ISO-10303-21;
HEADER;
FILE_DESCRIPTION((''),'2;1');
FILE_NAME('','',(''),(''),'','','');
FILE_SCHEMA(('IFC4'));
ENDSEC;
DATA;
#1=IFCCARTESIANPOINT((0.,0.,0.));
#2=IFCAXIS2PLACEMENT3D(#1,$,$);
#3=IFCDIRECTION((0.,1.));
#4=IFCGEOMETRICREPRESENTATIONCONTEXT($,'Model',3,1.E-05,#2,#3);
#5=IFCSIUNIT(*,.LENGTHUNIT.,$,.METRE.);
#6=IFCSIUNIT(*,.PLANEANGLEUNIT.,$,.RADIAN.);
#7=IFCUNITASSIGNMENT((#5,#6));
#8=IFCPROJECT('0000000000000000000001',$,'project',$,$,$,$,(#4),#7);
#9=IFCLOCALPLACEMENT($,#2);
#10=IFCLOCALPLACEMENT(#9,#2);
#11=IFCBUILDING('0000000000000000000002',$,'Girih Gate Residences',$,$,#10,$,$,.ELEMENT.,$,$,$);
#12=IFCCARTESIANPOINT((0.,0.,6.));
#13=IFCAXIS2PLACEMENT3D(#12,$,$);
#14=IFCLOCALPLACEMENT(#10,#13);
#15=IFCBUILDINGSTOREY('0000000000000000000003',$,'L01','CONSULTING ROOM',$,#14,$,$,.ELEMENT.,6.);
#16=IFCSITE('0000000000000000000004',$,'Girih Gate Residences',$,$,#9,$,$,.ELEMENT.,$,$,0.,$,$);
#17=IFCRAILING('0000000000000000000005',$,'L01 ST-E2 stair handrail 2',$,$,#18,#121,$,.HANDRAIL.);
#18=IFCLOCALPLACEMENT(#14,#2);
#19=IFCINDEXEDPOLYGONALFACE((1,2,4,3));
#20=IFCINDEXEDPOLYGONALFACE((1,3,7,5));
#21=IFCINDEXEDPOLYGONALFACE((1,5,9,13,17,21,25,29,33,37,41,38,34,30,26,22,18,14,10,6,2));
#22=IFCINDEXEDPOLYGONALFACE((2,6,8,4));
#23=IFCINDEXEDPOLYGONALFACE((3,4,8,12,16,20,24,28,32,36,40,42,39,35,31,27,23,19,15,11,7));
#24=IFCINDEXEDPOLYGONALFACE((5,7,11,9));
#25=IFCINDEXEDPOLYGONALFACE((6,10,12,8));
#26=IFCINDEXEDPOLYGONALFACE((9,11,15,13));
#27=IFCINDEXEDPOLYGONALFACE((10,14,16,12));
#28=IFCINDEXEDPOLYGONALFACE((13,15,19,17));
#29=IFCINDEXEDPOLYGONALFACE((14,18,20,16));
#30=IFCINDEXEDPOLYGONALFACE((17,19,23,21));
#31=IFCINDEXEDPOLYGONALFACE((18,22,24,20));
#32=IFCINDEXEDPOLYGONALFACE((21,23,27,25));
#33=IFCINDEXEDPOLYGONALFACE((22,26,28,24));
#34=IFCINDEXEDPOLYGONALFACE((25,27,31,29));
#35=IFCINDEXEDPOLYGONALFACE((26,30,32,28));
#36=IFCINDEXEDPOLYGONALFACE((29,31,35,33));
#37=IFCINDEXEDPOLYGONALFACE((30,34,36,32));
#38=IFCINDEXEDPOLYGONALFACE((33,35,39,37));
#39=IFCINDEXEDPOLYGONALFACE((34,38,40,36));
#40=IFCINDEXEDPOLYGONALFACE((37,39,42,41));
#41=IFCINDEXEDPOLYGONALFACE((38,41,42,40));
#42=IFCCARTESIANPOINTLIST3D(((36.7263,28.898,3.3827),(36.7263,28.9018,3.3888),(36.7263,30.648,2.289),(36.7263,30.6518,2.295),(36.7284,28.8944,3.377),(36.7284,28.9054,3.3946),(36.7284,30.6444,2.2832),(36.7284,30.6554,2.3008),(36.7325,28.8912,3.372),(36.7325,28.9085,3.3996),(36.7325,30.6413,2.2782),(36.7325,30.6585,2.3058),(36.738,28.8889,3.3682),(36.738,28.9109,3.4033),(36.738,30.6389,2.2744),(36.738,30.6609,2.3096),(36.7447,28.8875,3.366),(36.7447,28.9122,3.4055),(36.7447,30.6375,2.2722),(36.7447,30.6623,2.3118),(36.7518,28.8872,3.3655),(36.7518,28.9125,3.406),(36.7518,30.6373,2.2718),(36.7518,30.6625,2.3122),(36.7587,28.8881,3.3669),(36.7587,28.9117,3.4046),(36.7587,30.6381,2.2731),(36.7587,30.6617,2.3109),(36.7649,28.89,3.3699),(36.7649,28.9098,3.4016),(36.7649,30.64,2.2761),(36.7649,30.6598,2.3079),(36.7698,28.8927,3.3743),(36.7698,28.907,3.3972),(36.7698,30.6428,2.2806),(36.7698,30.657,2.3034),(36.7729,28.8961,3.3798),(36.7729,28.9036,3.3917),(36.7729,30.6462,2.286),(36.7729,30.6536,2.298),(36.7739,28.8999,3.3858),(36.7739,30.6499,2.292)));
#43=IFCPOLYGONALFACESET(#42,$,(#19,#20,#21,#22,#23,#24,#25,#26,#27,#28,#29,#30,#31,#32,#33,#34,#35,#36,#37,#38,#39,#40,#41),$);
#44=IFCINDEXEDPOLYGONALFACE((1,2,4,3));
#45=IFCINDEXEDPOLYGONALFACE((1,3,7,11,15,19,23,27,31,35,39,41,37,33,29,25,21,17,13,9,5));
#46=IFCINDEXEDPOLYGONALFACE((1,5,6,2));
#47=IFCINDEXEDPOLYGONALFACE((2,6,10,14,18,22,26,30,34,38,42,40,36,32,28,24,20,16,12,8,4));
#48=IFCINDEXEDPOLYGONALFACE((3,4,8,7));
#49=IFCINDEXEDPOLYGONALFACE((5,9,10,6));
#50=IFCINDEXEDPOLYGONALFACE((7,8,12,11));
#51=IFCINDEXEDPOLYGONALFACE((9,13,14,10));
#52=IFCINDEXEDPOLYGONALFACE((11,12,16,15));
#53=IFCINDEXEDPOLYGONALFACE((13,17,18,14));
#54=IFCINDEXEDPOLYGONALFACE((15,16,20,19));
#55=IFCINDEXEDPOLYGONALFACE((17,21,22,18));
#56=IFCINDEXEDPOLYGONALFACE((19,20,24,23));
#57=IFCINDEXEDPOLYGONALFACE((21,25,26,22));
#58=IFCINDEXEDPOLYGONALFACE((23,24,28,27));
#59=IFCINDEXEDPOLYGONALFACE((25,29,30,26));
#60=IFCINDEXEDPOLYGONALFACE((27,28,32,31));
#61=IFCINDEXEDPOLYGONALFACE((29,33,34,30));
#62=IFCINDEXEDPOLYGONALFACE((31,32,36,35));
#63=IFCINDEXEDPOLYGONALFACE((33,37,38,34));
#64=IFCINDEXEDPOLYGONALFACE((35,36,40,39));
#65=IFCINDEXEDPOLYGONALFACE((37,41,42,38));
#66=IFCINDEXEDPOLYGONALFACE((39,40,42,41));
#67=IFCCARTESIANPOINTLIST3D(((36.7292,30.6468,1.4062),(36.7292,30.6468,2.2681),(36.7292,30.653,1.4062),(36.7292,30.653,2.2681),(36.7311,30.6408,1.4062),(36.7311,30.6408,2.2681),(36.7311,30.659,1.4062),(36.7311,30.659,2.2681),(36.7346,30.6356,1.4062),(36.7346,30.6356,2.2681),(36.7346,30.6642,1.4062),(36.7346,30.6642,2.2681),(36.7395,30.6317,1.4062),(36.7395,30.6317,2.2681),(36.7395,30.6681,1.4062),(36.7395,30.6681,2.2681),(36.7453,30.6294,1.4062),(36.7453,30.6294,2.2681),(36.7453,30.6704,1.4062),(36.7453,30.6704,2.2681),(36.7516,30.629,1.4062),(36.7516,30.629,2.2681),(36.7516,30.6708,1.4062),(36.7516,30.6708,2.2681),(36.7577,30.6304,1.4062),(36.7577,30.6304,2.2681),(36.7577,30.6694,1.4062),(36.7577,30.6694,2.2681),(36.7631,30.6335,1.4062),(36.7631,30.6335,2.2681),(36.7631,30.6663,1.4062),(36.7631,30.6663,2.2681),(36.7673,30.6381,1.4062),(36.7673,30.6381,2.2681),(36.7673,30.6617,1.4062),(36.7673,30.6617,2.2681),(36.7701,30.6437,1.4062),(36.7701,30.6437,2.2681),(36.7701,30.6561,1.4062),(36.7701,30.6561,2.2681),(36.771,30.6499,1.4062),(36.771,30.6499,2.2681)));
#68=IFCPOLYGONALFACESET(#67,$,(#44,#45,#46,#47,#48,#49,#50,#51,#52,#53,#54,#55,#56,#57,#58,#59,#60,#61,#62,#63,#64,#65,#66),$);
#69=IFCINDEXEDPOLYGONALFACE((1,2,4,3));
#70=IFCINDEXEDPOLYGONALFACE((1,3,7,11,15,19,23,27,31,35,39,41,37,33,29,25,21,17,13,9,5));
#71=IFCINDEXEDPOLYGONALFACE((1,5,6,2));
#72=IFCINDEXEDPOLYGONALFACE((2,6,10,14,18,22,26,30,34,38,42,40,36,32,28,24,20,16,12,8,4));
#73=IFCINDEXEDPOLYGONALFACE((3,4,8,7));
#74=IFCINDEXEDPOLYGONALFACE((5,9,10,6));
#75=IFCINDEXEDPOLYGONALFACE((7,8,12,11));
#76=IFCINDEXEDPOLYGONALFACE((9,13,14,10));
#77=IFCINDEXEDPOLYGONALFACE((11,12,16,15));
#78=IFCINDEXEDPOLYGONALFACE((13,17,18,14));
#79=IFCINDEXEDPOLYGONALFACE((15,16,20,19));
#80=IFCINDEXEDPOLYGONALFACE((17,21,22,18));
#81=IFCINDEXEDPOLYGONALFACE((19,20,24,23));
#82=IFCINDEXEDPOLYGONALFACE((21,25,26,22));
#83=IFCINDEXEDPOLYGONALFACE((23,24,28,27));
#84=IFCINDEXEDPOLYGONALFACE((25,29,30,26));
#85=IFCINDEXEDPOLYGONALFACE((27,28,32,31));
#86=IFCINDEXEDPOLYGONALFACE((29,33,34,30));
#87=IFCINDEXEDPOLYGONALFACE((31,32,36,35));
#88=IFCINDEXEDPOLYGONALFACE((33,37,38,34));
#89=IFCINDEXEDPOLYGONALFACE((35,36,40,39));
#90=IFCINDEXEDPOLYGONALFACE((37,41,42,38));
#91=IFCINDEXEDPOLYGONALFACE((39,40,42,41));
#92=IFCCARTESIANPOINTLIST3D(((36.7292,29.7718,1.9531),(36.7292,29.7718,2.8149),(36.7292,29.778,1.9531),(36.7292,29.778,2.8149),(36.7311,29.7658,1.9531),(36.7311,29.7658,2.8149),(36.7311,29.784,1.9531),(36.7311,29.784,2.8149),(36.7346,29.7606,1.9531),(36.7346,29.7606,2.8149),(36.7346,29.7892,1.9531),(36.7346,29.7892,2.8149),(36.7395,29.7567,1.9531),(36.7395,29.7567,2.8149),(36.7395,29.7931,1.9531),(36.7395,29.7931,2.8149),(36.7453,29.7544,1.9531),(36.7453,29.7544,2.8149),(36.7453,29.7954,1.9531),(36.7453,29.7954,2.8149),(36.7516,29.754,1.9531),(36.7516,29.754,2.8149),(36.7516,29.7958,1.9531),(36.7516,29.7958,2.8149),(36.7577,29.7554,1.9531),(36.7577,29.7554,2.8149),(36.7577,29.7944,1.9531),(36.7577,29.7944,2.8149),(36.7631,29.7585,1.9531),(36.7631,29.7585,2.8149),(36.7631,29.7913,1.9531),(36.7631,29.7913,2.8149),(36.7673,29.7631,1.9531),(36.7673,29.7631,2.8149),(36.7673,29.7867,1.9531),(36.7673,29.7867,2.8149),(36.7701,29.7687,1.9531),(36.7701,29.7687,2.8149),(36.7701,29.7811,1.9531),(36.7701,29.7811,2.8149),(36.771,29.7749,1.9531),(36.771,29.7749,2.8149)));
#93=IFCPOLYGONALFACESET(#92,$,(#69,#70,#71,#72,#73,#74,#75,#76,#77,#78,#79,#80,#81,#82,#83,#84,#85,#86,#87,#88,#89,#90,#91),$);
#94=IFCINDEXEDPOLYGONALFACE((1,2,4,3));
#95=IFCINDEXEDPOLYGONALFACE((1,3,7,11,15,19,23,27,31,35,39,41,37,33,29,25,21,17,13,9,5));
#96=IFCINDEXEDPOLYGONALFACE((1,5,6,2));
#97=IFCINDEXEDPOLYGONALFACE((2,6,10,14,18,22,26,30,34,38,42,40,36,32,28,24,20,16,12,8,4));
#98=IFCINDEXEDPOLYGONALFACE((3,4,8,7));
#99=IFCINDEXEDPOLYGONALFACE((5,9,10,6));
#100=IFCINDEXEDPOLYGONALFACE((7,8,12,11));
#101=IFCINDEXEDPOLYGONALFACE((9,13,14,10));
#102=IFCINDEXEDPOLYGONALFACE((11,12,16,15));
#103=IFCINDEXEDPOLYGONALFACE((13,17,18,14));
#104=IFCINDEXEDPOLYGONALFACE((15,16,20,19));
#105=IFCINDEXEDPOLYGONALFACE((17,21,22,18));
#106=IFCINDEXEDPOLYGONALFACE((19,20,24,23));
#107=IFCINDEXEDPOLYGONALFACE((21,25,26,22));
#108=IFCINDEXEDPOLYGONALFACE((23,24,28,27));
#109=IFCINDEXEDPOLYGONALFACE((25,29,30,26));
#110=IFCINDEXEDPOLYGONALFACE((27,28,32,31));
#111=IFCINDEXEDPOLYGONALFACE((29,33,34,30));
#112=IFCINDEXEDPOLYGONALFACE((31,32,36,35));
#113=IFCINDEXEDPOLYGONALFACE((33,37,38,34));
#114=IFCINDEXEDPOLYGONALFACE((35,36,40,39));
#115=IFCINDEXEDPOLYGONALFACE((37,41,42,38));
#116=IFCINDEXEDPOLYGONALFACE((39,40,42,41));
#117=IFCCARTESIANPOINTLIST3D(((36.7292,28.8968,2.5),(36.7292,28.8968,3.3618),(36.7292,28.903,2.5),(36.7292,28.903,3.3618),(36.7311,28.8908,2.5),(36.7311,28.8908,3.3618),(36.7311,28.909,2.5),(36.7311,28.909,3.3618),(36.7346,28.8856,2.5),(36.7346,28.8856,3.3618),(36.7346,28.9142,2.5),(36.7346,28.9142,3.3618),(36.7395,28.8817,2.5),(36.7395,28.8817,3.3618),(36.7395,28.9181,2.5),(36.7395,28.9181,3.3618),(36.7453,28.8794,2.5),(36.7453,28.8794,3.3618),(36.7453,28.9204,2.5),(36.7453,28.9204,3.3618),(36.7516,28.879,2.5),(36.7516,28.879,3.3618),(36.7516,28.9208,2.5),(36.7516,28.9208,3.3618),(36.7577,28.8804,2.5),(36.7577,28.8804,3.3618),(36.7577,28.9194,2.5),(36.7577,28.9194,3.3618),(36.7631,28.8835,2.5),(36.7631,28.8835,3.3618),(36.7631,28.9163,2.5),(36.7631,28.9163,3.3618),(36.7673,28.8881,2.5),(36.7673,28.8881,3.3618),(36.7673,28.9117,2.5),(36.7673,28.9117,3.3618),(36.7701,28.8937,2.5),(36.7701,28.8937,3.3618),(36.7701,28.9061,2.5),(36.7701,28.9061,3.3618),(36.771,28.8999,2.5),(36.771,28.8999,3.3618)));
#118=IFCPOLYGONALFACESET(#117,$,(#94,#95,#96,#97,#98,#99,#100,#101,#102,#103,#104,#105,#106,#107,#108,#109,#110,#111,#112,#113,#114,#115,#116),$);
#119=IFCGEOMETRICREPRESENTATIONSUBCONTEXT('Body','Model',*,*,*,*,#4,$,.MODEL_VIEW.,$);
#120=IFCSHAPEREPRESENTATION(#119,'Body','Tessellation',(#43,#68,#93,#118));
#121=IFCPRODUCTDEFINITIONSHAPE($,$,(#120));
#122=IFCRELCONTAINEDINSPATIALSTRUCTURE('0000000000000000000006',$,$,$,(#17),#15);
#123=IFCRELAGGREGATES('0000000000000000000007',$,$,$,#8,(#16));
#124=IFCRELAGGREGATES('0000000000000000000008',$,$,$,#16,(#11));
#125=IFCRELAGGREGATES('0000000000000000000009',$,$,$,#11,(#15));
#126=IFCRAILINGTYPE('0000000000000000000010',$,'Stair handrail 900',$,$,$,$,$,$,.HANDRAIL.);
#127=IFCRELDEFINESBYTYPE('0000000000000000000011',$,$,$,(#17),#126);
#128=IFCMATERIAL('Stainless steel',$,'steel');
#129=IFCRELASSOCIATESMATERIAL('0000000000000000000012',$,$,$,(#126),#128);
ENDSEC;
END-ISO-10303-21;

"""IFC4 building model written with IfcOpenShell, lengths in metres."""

from ifc_helpers import new_model, si_unit, direction, frame, origin, origin_2d, place, context, subcontext, project, spatial, circle, extrude, material, type_object, element, save


model = new_model("IFC4")

# Units and contexts
model_context = context("Model", 3, precision=1e-05, world=origin(), true_north=direction((0.0, 1.0)))
body_context = subcontext(model_context, "Body", "Model", "MODEL_VIEW")
ifc_project = project(units=[si_unit("LENGTHUNIT", "METRE"), si_unit("PLANEANGLEUNIT", "RADIAN")], contexts=[model_context])

# Site, building, storey
site_placement = place(None, origin())
site = spatial("IfcSite", under=ifc_project, at=site_placement, Name="Girih Gate Residences", CompositionType="ELEMENT", RefElevation=0.0)
building_placement = place(site_placement, origin())
building = spatial("IfcBuilding", under=site, at=building_placement, Name="Girih Gate Residences", CompositionType="ELEMENT")
storey_placement = place(building_placement, frame((0.0, 0.0, 6.0)))
storey = spatial("IfcBuildingStorey", under=building, at=storey_placement, Name="L01", Description="CONSULTING ROOM", CompositionType="ELEMENT", Elevation=6.0)

# Railing
ifc_material_1 = material(Name="Stainless steel", Category="steel")
railing_type_1 = type_object("IfcRailingType", Name="Stair handrail 900", PredefinedType="HANDRAIL", material=ifc_material_1)
railing_1_placement = place(storey_placement, frame((36.75, 30.6499, 1.4062)))
element("IfcRailing", 1, at=railing_1_placement, inside=storey, type_object=railing_type_1, Name="L01 ST-E2 stair handrail 2", PredefinedType="HANDRAIL", context=body_context, shape_type="SweptSolid", body=[
    extrude(circle(Radius=0.0239, at=origin_2d()), frame((0.0, 0.0, 0.8857), z_axis=(0.0, -0.847998, 0.529999), x_axis=(1.0, 0.0, 0.0)), (0.0, 0.0, 1.0), 2.0637),
    extrude(circle(Radius=0.021, at=origin_2d()), origin(), (0.0, 0.0, 1.0), 0.8618),
    extrude(circle(Radius=0.021, at=origin_2d()), frame((0.0, -0.875, 0.5469)), (0.0, 0.0, 1.0), 0.8618),
    extrude(circle(Radius=0.021, at=origin_2d()), frame((0.0, -1.75, 1.0938)), (0.0, 0.0, 1.0), 0.8618),
])

save(model, "model.ifc")
